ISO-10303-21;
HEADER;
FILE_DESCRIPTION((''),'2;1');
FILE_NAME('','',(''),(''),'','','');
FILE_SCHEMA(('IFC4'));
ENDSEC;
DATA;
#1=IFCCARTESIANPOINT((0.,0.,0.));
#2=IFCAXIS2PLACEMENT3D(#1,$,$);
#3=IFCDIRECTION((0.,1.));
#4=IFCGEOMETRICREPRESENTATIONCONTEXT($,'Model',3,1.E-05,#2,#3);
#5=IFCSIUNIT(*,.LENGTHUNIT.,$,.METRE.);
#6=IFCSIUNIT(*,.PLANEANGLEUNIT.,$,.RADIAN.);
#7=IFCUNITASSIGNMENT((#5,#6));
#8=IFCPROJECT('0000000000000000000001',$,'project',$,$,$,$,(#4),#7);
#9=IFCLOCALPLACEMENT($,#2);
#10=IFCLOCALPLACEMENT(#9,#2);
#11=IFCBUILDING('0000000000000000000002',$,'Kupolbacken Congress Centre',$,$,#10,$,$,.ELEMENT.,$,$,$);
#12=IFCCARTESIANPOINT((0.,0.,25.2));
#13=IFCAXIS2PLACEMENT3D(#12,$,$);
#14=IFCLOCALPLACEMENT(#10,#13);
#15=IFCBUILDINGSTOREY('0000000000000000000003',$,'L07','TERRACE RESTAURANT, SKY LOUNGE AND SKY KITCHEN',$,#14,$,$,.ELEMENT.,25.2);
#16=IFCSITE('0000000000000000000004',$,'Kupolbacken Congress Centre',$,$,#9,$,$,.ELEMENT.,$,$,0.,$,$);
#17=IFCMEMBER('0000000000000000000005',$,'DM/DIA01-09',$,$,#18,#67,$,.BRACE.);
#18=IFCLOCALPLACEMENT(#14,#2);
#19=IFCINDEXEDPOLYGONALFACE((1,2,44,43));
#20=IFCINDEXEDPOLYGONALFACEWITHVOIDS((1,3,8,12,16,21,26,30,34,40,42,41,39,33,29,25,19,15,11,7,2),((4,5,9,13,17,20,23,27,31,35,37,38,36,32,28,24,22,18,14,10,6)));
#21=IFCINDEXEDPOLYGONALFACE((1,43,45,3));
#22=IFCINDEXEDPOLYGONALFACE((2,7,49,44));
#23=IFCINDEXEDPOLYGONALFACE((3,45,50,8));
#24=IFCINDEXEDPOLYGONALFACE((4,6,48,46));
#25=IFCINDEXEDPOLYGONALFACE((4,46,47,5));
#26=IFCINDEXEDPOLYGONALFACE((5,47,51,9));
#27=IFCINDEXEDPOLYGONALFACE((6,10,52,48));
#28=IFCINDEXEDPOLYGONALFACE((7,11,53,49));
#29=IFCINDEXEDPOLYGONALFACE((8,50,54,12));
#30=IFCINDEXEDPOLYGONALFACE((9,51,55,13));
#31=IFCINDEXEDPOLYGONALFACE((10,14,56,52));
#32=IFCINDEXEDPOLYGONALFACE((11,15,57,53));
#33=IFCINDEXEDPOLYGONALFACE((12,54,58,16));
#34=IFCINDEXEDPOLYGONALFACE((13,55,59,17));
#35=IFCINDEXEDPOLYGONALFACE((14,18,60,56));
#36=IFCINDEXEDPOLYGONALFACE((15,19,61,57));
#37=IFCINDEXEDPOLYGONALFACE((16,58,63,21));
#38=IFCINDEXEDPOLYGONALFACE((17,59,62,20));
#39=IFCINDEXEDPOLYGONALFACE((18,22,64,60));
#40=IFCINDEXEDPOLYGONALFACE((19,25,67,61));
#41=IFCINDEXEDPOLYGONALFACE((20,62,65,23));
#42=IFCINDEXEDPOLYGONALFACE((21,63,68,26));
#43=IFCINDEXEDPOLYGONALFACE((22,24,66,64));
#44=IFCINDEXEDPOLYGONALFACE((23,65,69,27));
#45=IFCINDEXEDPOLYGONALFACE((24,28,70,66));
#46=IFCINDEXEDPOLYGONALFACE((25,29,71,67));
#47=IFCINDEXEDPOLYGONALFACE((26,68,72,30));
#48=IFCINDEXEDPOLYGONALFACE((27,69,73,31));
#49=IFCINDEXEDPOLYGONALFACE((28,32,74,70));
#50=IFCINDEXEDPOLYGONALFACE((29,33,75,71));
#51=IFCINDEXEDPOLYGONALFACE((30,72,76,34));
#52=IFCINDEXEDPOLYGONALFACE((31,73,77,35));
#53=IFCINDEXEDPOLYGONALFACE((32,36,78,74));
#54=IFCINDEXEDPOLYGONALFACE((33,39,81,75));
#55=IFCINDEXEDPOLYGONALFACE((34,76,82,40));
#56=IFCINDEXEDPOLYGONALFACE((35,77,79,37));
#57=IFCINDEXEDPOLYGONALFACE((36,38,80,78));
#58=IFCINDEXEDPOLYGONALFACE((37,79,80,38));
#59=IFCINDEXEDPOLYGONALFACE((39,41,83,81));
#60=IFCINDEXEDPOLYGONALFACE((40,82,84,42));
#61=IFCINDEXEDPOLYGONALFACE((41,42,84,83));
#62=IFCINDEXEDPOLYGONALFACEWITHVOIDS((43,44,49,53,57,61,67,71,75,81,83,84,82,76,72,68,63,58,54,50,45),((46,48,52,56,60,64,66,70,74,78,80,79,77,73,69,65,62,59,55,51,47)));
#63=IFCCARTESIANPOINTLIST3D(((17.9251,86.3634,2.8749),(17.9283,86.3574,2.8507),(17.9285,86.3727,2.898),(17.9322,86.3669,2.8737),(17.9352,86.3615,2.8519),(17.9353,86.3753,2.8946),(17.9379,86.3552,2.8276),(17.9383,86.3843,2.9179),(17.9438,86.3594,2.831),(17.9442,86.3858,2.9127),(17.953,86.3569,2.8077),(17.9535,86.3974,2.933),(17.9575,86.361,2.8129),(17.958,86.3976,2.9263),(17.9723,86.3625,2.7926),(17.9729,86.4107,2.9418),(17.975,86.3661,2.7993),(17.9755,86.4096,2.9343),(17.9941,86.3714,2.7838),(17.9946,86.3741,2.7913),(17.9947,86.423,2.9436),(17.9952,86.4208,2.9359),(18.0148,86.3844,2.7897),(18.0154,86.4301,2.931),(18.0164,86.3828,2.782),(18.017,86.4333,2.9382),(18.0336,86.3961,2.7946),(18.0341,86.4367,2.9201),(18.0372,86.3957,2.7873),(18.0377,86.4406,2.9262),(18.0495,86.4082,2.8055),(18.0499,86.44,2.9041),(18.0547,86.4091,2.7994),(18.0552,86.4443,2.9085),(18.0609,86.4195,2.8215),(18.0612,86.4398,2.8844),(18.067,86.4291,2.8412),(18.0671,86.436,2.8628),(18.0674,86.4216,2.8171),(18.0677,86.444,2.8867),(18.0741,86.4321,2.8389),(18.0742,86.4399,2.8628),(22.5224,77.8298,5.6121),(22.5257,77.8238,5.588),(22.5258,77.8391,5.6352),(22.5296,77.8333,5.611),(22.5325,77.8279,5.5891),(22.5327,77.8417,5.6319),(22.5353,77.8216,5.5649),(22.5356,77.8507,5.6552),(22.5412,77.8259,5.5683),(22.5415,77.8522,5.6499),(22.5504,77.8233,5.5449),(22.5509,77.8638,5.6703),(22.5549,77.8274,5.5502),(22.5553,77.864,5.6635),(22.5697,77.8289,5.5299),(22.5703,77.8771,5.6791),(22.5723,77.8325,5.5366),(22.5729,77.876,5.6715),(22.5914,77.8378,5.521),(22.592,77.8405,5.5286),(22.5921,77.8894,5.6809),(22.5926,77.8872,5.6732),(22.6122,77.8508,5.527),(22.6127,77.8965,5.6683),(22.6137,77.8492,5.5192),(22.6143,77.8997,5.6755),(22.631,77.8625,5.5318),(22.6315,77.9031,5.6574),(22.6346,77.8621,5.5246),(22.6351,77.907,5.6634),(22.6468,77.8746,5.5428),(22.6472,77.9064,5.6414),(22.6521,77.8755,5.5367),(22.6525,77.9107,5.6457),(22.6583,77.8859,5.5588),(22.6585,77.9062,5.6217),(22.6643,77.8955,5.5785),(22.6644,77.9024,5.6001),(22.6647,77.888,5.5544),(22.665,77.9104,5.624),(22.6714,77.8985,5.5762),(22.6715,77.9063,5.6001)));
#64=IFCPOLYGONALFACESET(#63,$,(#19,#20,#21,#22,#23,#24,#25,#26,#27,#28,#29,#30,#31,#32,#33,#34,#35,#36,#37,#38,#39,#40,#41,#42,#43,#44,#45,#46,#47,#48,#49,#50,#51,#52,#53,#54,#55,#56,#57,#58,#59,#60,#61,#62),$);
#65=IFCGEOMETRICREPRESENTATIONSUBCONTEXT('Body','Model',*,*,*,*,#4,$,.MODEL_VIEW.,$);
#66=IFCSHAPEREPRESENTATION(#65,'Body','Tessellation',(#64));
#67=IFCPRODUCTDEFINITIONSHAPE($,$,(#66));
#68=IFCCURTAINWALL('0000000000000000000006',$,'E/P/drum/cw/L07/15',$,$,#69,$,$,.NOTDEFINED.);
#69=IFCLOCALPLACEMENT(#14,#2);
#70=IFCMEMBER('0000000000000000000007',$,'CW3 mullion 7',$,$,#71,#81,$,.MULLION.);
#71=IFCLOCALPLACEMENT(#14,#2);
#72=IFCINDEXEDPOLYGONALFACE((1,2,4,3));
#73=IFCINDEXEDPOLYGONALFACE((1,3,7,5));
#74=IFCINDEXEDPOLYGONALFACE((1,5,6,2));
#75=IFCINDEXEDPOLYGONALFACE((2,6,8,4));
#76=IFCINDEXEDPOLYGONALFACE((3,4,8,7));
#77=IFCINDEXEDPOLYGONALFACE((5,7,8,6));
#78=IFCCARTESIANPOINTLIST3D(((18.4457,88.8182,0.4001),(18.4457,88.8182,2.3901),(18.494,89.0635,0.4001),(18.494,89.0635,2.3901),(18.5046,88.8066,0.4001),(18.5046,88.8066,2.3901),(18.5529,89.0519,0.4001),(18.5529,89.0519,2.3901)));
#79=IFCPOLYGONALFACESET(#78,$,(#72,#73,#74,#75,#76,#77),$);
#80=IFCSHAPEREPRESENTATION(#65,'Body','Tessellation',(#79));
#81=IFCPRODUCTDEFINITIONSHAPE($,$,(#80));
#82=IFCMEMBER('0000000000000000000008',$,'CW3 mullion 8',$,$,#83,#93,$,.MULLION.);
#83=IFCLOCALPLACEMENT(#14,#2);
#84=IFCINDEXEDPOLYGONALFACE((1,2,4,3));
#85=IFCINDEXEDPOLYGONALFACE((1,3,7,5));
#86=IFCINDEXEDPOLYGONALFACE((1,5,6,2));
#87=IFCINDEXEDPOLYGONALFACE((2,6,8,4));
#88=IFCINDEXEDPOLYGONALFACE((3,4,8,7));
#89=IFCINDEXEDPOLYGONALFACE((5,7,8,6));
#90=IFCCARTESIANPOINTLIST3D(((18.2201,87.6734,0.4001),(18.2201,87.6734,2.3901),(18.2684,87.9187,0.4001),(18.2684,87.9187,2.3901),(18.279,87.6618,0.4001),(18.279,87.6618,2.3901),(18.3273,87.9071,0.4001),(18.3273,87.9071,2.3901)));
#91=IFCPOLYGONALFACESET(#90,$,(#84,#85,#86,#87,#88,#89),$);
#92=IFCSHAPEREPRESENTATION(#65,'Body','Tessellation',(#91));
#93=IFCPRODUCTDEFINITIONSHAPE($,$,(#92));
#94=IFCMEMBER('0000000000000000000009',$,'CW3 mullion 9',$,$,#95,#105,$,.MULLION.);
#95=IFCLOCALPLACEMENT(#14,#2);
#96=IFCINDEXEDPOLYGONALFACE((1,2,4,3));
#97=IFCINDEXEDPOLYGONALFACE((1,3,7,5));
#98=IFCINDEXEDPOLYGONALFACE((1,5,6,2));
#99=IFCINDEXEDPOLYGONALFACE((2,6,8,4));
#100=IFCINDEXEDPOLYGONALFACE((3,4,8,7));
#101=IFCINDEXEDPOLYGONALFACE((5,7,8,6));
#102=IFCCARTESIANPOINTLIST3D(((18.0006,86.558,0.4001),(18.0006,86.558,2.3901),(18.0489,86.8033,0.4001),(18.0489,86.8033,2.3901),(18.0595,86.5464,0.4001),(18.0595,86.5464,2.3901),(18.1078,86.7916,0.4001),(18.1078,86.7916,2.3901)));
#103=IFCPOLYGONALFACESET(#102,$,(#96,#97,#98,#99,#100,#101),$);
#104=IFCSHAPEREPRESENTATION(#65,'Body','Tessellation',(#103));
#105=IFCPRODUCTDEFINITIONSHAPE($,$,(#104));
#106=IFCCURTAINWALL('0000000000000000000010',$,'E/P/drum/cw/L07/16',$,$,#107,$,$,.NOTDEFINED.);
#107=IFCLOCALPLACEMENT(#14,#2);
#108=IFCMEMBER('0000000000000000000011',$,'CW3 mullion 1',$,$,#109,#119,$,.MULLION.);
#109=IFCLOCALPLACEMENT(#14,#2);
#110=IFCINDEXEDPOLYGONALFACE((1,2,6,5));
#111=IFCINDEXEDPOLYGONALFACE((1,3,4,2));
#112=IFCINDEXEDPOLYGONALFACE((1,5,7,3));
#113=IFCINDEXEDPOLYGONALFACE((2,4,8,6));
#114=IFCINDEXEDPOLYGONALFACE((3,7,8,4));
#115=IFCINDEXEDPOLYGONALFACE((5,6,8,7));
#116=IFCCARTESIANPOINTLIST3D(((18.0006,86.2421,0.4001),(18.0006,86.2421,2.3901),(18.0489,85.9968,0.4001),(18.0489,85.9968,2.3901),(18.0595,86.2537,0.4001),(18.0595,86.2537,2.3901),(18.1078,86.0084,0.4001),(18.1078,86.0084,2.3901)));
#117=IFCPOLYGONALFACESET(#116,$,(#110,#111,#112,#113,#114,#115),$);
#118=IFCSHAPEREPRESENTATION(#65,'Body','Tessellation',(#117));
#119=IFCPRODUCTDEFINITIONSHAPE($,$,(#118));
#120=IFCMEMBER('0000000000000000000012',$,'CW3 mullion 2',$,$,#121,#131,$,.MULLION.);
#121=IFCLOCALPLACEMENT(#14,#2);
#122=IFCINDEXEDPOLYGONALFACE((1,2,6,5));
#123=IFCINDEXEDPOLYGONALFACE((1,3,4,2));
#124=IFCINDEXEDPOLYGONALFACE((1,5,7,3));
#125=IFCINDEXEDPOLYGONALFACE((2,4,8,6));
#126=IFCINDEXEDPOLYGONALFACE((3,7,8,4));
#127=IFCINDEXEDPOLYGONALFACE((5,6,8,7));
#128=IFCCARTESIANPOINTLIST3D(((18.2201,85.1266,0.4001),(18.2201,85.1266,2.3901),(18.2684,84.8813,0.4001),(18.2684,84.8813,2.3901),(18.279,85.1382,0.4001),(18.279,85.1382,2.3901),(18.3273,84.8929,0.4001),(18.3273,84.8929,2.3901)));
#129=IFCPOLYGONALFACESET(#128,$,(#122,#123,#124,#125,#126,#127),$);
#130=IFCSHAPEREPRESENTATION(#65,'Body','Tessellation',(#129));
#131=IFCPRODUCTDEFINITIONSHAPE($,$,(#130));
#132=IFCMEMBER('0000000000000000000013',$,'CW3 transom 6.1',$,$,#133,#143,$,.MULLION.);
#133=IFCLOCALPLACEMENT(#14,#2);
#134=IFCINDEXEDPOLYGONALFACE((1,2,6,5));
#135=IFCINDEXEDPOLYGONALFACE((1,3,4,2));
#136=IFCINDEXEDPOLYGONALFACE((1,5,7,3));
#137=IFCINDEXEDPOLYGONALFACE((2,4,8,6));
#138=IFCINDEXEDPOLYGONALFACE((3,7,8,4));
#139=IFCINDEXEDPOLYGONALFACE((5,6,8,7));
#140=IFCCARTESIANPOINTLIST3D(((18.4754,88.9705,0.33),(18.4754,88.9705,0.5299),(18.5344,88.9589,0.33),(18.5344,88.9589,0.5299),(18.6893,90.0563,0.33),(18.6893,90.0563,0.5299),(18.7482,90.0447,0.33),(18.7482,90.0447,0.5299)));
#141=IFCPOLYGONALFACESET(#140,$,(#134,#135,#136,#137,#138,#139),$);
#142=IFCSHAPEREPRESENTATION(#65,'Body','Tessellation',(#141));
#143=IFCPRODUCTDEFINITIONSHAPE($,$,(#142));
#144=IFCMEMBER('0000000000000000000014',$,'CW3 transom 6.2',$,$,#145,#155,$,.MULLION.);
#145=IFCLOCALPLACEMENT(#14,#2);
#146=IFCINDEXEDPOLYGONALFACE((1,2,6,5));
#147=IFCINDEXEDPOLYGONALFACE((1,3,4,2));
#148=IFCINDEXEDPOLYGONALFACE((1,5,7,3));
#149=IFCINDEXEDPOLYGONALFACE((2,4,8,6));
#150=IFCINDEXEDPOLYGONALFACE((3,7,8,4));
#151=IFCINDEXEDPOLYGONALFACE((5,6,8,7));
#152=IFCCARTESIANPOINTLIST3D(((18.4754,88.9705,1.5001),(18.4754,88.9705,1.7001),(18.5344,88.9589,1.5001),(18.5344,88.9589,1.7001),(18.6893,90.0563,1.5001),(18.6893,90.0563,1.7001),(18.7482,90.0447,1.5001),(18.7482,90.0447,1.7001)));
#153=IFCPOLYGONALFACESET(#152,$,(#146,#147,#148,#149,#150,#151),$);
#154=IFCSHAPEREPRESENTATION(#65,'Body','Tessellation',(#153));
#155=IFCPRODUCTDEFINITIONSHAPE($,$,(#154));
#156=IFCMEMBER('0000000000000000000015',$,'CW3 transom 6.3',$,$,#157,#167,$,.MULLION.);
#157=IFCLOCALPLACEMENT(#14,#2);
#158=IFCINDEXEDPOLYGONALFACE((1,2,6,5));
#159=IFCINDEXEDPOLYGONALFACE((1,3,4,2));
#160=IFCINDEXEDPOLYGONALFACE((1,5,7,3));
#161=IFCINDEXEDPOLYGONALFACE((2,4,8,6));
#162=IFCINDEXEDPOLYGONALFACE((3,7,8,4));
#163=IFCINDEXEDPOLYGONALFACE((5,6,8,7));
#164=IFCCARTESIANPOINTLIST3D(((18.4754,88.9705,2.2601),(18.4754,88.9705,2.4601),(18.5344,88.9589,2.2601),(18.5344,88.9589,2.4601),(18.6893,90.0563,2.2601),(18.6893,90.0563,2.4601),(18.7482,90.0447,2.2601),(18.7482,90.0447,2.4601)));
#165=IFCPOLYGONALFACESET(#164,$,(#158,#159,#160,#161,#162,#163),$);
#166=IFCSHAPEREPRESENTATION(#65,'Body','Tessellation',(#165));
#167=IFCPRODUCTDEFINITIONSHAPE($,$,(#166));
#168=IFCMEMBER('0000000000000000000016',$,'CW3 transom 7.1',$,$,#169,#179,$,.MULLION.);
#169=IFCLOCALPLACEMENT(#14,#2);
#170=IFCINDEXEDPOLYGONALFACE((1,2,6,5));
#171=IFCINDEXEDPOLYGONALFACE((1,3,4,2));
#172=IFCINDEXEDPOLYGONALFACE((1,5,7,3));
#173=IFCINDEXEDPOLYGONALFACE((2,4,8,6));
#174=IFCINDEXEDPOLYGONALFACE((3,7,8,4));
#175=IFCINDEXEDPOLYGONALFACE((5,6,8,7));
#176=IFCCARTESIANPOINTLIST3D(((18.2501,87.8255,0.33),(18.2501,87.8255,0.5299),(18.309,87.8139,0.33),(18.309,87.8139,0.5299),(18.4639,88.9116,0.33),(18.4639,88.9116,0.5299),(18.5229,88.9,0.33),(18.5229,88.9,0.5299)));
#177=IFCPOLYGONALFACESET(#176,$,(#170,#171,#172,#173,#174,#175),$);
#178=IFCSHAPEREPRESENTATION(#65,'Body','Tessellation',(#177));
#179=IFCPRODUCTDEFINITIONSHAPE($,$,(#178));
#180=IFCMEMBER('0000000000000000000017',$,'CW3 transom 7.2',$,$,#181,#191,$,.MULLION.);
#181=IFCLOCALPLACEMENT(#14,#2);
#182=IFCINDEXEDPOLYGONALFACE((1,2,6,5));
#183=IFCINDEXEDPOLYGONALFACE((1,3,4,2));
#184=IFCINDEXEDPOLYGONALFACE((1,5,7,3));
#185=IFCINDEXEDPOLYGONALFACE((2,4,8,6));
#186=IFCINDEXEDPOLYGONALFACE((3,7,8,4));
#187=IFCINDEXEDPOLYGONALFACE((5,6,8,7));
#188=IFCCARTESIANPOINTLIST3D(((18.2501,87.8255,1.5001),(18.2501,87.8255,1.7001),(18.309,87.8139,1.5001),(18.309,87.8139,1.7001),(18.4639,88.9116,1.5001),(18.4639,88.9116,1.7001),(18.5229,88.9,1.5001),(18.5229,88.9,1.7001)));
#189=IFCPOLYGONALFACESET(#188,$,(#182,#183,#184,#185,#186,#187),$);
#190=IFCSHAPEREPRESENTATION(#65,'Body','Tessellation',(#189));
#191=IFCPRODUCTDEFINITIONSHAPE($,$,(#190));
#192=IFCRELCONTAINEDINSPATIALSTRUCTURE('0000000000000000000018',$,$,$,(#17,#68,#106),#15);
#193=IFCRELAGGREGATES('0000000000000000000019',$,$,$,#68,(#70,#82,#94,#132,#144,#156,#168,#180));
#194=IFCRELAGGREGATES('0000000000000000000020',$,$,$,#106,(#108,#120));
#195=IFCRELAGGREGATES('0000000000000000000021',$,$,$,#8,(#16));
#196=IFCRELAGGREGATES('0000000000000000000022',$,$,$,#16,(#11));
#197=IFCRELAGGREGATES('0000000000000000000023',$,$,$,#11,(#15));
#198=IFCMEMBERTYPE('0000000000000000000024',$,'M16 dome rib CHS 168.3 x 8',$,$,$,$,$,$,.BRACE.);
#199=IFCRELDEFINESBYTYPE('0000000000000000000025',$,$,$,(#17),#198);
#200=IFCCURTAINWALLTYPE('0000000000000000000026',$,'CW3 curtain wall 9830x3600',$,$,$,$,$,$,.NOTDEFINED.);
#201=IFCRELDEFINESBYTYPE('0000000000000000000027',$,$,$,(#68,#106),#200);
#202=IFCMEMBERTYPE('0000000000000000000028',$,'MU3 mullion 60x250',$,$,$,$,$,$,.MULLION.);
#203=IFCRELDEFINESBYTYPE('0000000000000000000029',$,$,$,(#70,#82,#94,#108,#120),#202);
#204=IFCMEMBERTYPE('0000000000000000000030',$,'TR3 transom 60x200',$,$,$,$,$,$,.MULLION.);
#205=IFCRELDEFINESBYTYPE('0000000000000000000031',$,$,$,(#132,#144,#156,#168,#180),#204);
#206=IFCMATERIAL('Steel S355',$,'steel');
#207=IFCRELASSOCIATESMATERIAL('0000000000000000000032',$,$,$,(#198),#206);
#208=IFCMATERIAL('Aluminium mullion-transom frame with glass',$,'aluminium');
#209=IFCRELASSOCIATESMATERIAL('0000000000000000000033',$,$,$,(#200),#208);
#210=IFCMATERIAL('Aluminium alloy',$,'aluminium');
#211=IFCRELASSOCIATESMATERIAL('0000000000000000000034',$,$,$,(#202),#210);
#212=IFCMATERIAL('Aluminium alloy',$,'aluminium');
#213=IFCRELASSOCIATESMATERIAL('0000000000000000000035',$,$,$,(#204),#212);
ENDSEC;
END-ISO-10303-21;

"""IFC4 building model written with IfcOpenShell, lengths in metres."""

from ifc_helpers import new_model, si_unit, direction, frame, origin, origin_2d, place, context, subcontext, project, spatial, rectangle, hollow_circle, extrude, material, material_profile, profile_set, type_object, element, aggregate, save


model = new_model("IFC4")

# Units and contexts
model_context = context("Model", 3, precision=1e-05, world=origin(), true_north=direction((0.0, 1.0)))
body_context = subcontext(model_context, "Body", "Model", "MODEL_VIEW")
ifc_project = project(units=[si_unit("LENGTHUNIT", "METRE"), si_unit("PLANEANGLEUNIT", "RADIAN")], contexts=[model_context])

# Site, building, storey
site_placement = place(None, origin())
site = spatial("IfcSite", under=ifc_project, at=site_placement, Name="Kupolbacken Congress Centre", CompositionType="ELEMENT", RefElevation=0.0)
building_placement = place(site_placement, origin())
building = spatial("IfcBuilding", under=site, at=building_placement, Name="Kupolbacken Congress Centre", CompositionType="ELEMENT")
storey_placement = place(building_placement, frame((0.0, 0.0, 25.2)))
storey = spatial("IfcBuildingStorey", under=building, at=storey_placement, Name="L07", Description="TERRACE RESTAURANT, SKY LOUNGE AND SKY KITCHEN", CompositionType="ELEMENT", Elevation=25.2)

# Member
ifc_material_1 = material(Name="Steel S355", Category="steel")
ifc_material_profile_1 = material_profile(ifc_material_1, hollow_circle(Radius=0.0842, WallThickness=0.0081, at=origin_2d()), Name="CHS 168.3 x 8")
ifc_profile_set_1 = profile_set([ifc_material_profile_1], Name="Steel S355")
member_type_1 = type_object("IfcMemberType", Name="M16 dome rib CHS 168.3 x 8", PredefinedType="BRACE", material=ifc_profile_set_1)
member_1_placement = place(storey_placement, frame((18.0, 86.3999, 2.8628), z_axis=(0.456437, -0.847236, 0.271763), x_axis=(0.88037, 0.474288, 0.0)))
element("IfcMember", 1, at=member_1_placement, inside=storey, type_object=member_type_1, Name="DM/DIA01-09", PredefinedType="BRACE", context=body_context, shape_type="SweptSolid", body=[
    extrude(hollow_circle(Radius=0.0842, WallThickness=0.0081, at=origin_2d()), origin(), (0.0, 0.0, 1.0), 10.0723),
])

# Curtain walls, members
ifc_material_2 = material(Name="Aluminium mullion-transom frame with glass", Category="aluminium")
curtain_wall_type = type_object("IfcCurtainWallType", Name="CW3 curtain wall 9830x3600", PredefinedType="NOTDEFINED", material=ifc_material_2)
curtain_wall_1_placement = place(storey_placement, origin())
curtain_wall_1 = element("IfcCurtainWall", 2, at=curtain_wall_1_placement, inside=storey, type_object=curtain_wall_type, Name="E/P/drum/cw/L07/15", PredefinedType="NOTDEFINED")
ifc_material_3 = material(Name="Aluminium alloy", Category="aluminium")
ifc_material_profile_2 = material_profile(ifc_material_3, rectangle(XDim=0.0601, YDim=0.25, at=origin_2d()), Name="60 x 250")
ifc_profile_set_2 = profile_set([ifc_material_profile_2], Name="Aluminium alloy")
member_type_2 = type_object("IfcMemberType", Name="MU3 mullion 60x250", PredefinedType="MULLION", material=ifc_profile_set_2)
member_2_placement = place(storey_placement, frame((18.4993, 88.9351, 0.4001), z_axis=(0.0, 0.0, 1.0), x_axis=(0.981163, -0.193182, 0.0)))
member_2 = element("IfcMember", 3, at=member_2_placement, type_object=member_type_2, Name="CW3 mullion 7", PredefinedType="MULLION", context=body_context, shape_type="SweptSolid", body=[
    extrude(rectangle(XDim=0.0601, YDim=0.25, at=origin_2d()), origin(), (0.0, 0.0, 1.0), 1.99),
])
member_3_placement = place(storey_placement, frame((18.2737, 87.7903, 0.4001), z_axis=(0.0, 0.0, 1.0), x_axis=(0.981163, -0.193182, 0.0)))
member_3 = element("IfcMember", 4, at=member_3_placement, type_object=member_type_2, Name="CW3 mullion 8", PredefinedType="MULLION", context=body_context, shape_type="SweptSolid", body=[
    extrude(rectangle(XDim=0.0601, YDim=0.25, at=origin_2d()), origin(), (0.0, 0.0, 1.0), 1.99),
])
member_4_placement = place(storey_placement, frame((18.0542, 86.6748, 0.4001), z_axis=(0.0, 0.0, 1.0), x_axis=(0.981163, -0.193182, 0.0)))
member_4 = element("IfcMember", 5, at=member_4_placement, type_object=member_type_2, Name="CW3 mullion 9", PredefinedType="MULLION", context=body_context, shape_type="SweptSolid", body=[
    extrude(rectangle(XDim=0.0601, YDim=0.25, at=origin_2d()), origin(), (0.0, 0.0, 1.0), 1.99),
])
curtain_wall_2_placement = place(storey_placement, origin())
curtain_wall_2 = element("IfcCurtainWall", 6, at=curtain_wall_2_placement, inside=storey, type_object=curtain_wall_type, Name="E/P/drum/cw/L07/16", PredefinedType="NOTDEFINED")
member_5_placement = place(storey_placement, frame((18.0542, 86.1252, 0.4001), z_axis=(0.0, 0.0, 1.0), x_axis=(0.981163, 0.193182, 0.0)))
member_5 = element("IfcMember", 7, at=member_5_placement, type_object=member_type_2, Name="CW3 mullion 1", PredefinedType="MULLION", context=body_context, shape_type="SweptSolid", body=[
    extrude(rectangle(XDim=0.0601, YDim=0.25, at=origin_2d()), origin(), (0.0, 0.0, 1.0), 1.99),
])
member_6_placement = place(storey_placement, frame((18.2737, 85.0098, 0.4001), z_axis=(0.0, 0.0, 1.0), x_axis=(0.981163, 0.193182, 0.0)))
member_6 = element("IfcMember", 8, at=member_6_placement, type_object=member_type_2, Name="CW3 mullion 2", PredefinedType="MULLION", context=body_context, shape_type="SweptSolid", body=[
    extrude(rectangle(XDim=0.0601, YDim=0.25, at=origin_2d()), origin(), (0.0, 0.0, 1.0), 1.99),
])

# Members
ifc_material_4 = material(Name="Aluminium alloy", Category="aluminium")
ifc_material_profile_3 = material_profile(ifc_material_4, rectangle(XDim=0.0601, YDim=0.2, at=origin_2d()), Name="60 x 200")
ifc_profile_set_3 = profile_set([ifc_material_profile_3], Name="Aluminium alloy")
member_type_3 = type_object("IfcMemberType", Name="TR3 transom 60x200", PredefinedType="MULLION", material=ifc_profile_set_3)
member_7_placement = place(storey_placement, frame((18.7188, 90.0505, 0.4299), z_axis=(-0.193231, -0.981153, 0.0), x_axis=(0.981153, -0.193231, 0.0)))
member_7 = element("IfcMember", 9, at=member_7_placement, type_object=member_type_3, Name="CW3 transom 6.1", PredefinedType="MULLION", context=body_context, shape_type="SweptSolid", body=[
    extrude(rectangle(XDim=0.0601, YDim=0.2, at=origin_2d()), origin(), (0.0, 0.0, 1.0), 1.1067),
])
member_8_placement = place(storey_placement, frame((18.7188, 90.0505, 1.6001), z_axis=(-0.193231, -0.981153, 0.0), x_axis=(0.981153, -0.193231, 0.0)))
member_8 = element("IfcMember", 10, at=member_8_placement, type_object=member_type_3, Name="CW3 transom 6.2", PredefinedType="MULLION", context=body_context, shape_type="SweptSolid", body=[
    extrude(rectangle(XDim=0.0601, YDim=0.2, at=origin_2d()), origin(), (0.0, 0.0, 1.0), 1.1067),
])
member_9_placement = place(storey_placement, frame((18.7188, 90.0505, 2.3601), z_axis=(-0.193231, -0.981153, 0.0), x_axis=(0.981153, -0.193231, 0.0)))
member_9 = element("IfcMember", 11, at=member_9_placement, type_object=member_type_3, Name="CW3 transom 6.3", PredefinedType="MULLION", context=body_context, shape_type="SweptSolid", body=[
    extrude(rectangle(XDim=0.0601, YDim=0.2, at=origin_2d()), origin(), (0.0, 0.0, 1.0), 1.1067),
])
member_10_placement = place(storey_placement, frame((18.4934, 88.9058, 0.4299), z_axis=(-0.193189, -0.981162, 0.0), x_axis=(0.981162, -0.193189, 0.0)))
member_10 = element("IfcMember", 12, at=member_10_placement, type_object=member_type_3, Name="CW3 transom 7.1", PredefinedType="MULLION", context=body_context, shape_type="SweptSolid", body=[
    extrude(rectangle(XDim=0.0601, YDim=0.2, at=origin_2d()), origin(), (0.0, 0.0, 1.0), 1.1069),
])
member_11_placement = place(storey_placement, frame((18.4934, 88.9058, 1.6001), z_axis=(-0.193189, -0.981162, 0.0), x_axis=(0.981162, -0.193189, 0.0)))
member_11 = element("IfcMember", 13, at=member_11_placement, type_object=member_type_3, Name="CW3 transom 7.2", PredefinedType="MULLION", context=body_context, shape_type="SweptSolid", body=[
    extrude(rectangle(XDim=0.0601, YDim=0.2, at=origin_2d()), origin(), (0.0, 0.0, 1.0), 1.1069),
])

aggregate(curtain_wall_1, [member_2, member_3, member_4, member_7, member_8, member_9, member_10, member_11])
aggregate(curtain_wall_2, [member_5, member_6])

save(model, "model.ifc")
